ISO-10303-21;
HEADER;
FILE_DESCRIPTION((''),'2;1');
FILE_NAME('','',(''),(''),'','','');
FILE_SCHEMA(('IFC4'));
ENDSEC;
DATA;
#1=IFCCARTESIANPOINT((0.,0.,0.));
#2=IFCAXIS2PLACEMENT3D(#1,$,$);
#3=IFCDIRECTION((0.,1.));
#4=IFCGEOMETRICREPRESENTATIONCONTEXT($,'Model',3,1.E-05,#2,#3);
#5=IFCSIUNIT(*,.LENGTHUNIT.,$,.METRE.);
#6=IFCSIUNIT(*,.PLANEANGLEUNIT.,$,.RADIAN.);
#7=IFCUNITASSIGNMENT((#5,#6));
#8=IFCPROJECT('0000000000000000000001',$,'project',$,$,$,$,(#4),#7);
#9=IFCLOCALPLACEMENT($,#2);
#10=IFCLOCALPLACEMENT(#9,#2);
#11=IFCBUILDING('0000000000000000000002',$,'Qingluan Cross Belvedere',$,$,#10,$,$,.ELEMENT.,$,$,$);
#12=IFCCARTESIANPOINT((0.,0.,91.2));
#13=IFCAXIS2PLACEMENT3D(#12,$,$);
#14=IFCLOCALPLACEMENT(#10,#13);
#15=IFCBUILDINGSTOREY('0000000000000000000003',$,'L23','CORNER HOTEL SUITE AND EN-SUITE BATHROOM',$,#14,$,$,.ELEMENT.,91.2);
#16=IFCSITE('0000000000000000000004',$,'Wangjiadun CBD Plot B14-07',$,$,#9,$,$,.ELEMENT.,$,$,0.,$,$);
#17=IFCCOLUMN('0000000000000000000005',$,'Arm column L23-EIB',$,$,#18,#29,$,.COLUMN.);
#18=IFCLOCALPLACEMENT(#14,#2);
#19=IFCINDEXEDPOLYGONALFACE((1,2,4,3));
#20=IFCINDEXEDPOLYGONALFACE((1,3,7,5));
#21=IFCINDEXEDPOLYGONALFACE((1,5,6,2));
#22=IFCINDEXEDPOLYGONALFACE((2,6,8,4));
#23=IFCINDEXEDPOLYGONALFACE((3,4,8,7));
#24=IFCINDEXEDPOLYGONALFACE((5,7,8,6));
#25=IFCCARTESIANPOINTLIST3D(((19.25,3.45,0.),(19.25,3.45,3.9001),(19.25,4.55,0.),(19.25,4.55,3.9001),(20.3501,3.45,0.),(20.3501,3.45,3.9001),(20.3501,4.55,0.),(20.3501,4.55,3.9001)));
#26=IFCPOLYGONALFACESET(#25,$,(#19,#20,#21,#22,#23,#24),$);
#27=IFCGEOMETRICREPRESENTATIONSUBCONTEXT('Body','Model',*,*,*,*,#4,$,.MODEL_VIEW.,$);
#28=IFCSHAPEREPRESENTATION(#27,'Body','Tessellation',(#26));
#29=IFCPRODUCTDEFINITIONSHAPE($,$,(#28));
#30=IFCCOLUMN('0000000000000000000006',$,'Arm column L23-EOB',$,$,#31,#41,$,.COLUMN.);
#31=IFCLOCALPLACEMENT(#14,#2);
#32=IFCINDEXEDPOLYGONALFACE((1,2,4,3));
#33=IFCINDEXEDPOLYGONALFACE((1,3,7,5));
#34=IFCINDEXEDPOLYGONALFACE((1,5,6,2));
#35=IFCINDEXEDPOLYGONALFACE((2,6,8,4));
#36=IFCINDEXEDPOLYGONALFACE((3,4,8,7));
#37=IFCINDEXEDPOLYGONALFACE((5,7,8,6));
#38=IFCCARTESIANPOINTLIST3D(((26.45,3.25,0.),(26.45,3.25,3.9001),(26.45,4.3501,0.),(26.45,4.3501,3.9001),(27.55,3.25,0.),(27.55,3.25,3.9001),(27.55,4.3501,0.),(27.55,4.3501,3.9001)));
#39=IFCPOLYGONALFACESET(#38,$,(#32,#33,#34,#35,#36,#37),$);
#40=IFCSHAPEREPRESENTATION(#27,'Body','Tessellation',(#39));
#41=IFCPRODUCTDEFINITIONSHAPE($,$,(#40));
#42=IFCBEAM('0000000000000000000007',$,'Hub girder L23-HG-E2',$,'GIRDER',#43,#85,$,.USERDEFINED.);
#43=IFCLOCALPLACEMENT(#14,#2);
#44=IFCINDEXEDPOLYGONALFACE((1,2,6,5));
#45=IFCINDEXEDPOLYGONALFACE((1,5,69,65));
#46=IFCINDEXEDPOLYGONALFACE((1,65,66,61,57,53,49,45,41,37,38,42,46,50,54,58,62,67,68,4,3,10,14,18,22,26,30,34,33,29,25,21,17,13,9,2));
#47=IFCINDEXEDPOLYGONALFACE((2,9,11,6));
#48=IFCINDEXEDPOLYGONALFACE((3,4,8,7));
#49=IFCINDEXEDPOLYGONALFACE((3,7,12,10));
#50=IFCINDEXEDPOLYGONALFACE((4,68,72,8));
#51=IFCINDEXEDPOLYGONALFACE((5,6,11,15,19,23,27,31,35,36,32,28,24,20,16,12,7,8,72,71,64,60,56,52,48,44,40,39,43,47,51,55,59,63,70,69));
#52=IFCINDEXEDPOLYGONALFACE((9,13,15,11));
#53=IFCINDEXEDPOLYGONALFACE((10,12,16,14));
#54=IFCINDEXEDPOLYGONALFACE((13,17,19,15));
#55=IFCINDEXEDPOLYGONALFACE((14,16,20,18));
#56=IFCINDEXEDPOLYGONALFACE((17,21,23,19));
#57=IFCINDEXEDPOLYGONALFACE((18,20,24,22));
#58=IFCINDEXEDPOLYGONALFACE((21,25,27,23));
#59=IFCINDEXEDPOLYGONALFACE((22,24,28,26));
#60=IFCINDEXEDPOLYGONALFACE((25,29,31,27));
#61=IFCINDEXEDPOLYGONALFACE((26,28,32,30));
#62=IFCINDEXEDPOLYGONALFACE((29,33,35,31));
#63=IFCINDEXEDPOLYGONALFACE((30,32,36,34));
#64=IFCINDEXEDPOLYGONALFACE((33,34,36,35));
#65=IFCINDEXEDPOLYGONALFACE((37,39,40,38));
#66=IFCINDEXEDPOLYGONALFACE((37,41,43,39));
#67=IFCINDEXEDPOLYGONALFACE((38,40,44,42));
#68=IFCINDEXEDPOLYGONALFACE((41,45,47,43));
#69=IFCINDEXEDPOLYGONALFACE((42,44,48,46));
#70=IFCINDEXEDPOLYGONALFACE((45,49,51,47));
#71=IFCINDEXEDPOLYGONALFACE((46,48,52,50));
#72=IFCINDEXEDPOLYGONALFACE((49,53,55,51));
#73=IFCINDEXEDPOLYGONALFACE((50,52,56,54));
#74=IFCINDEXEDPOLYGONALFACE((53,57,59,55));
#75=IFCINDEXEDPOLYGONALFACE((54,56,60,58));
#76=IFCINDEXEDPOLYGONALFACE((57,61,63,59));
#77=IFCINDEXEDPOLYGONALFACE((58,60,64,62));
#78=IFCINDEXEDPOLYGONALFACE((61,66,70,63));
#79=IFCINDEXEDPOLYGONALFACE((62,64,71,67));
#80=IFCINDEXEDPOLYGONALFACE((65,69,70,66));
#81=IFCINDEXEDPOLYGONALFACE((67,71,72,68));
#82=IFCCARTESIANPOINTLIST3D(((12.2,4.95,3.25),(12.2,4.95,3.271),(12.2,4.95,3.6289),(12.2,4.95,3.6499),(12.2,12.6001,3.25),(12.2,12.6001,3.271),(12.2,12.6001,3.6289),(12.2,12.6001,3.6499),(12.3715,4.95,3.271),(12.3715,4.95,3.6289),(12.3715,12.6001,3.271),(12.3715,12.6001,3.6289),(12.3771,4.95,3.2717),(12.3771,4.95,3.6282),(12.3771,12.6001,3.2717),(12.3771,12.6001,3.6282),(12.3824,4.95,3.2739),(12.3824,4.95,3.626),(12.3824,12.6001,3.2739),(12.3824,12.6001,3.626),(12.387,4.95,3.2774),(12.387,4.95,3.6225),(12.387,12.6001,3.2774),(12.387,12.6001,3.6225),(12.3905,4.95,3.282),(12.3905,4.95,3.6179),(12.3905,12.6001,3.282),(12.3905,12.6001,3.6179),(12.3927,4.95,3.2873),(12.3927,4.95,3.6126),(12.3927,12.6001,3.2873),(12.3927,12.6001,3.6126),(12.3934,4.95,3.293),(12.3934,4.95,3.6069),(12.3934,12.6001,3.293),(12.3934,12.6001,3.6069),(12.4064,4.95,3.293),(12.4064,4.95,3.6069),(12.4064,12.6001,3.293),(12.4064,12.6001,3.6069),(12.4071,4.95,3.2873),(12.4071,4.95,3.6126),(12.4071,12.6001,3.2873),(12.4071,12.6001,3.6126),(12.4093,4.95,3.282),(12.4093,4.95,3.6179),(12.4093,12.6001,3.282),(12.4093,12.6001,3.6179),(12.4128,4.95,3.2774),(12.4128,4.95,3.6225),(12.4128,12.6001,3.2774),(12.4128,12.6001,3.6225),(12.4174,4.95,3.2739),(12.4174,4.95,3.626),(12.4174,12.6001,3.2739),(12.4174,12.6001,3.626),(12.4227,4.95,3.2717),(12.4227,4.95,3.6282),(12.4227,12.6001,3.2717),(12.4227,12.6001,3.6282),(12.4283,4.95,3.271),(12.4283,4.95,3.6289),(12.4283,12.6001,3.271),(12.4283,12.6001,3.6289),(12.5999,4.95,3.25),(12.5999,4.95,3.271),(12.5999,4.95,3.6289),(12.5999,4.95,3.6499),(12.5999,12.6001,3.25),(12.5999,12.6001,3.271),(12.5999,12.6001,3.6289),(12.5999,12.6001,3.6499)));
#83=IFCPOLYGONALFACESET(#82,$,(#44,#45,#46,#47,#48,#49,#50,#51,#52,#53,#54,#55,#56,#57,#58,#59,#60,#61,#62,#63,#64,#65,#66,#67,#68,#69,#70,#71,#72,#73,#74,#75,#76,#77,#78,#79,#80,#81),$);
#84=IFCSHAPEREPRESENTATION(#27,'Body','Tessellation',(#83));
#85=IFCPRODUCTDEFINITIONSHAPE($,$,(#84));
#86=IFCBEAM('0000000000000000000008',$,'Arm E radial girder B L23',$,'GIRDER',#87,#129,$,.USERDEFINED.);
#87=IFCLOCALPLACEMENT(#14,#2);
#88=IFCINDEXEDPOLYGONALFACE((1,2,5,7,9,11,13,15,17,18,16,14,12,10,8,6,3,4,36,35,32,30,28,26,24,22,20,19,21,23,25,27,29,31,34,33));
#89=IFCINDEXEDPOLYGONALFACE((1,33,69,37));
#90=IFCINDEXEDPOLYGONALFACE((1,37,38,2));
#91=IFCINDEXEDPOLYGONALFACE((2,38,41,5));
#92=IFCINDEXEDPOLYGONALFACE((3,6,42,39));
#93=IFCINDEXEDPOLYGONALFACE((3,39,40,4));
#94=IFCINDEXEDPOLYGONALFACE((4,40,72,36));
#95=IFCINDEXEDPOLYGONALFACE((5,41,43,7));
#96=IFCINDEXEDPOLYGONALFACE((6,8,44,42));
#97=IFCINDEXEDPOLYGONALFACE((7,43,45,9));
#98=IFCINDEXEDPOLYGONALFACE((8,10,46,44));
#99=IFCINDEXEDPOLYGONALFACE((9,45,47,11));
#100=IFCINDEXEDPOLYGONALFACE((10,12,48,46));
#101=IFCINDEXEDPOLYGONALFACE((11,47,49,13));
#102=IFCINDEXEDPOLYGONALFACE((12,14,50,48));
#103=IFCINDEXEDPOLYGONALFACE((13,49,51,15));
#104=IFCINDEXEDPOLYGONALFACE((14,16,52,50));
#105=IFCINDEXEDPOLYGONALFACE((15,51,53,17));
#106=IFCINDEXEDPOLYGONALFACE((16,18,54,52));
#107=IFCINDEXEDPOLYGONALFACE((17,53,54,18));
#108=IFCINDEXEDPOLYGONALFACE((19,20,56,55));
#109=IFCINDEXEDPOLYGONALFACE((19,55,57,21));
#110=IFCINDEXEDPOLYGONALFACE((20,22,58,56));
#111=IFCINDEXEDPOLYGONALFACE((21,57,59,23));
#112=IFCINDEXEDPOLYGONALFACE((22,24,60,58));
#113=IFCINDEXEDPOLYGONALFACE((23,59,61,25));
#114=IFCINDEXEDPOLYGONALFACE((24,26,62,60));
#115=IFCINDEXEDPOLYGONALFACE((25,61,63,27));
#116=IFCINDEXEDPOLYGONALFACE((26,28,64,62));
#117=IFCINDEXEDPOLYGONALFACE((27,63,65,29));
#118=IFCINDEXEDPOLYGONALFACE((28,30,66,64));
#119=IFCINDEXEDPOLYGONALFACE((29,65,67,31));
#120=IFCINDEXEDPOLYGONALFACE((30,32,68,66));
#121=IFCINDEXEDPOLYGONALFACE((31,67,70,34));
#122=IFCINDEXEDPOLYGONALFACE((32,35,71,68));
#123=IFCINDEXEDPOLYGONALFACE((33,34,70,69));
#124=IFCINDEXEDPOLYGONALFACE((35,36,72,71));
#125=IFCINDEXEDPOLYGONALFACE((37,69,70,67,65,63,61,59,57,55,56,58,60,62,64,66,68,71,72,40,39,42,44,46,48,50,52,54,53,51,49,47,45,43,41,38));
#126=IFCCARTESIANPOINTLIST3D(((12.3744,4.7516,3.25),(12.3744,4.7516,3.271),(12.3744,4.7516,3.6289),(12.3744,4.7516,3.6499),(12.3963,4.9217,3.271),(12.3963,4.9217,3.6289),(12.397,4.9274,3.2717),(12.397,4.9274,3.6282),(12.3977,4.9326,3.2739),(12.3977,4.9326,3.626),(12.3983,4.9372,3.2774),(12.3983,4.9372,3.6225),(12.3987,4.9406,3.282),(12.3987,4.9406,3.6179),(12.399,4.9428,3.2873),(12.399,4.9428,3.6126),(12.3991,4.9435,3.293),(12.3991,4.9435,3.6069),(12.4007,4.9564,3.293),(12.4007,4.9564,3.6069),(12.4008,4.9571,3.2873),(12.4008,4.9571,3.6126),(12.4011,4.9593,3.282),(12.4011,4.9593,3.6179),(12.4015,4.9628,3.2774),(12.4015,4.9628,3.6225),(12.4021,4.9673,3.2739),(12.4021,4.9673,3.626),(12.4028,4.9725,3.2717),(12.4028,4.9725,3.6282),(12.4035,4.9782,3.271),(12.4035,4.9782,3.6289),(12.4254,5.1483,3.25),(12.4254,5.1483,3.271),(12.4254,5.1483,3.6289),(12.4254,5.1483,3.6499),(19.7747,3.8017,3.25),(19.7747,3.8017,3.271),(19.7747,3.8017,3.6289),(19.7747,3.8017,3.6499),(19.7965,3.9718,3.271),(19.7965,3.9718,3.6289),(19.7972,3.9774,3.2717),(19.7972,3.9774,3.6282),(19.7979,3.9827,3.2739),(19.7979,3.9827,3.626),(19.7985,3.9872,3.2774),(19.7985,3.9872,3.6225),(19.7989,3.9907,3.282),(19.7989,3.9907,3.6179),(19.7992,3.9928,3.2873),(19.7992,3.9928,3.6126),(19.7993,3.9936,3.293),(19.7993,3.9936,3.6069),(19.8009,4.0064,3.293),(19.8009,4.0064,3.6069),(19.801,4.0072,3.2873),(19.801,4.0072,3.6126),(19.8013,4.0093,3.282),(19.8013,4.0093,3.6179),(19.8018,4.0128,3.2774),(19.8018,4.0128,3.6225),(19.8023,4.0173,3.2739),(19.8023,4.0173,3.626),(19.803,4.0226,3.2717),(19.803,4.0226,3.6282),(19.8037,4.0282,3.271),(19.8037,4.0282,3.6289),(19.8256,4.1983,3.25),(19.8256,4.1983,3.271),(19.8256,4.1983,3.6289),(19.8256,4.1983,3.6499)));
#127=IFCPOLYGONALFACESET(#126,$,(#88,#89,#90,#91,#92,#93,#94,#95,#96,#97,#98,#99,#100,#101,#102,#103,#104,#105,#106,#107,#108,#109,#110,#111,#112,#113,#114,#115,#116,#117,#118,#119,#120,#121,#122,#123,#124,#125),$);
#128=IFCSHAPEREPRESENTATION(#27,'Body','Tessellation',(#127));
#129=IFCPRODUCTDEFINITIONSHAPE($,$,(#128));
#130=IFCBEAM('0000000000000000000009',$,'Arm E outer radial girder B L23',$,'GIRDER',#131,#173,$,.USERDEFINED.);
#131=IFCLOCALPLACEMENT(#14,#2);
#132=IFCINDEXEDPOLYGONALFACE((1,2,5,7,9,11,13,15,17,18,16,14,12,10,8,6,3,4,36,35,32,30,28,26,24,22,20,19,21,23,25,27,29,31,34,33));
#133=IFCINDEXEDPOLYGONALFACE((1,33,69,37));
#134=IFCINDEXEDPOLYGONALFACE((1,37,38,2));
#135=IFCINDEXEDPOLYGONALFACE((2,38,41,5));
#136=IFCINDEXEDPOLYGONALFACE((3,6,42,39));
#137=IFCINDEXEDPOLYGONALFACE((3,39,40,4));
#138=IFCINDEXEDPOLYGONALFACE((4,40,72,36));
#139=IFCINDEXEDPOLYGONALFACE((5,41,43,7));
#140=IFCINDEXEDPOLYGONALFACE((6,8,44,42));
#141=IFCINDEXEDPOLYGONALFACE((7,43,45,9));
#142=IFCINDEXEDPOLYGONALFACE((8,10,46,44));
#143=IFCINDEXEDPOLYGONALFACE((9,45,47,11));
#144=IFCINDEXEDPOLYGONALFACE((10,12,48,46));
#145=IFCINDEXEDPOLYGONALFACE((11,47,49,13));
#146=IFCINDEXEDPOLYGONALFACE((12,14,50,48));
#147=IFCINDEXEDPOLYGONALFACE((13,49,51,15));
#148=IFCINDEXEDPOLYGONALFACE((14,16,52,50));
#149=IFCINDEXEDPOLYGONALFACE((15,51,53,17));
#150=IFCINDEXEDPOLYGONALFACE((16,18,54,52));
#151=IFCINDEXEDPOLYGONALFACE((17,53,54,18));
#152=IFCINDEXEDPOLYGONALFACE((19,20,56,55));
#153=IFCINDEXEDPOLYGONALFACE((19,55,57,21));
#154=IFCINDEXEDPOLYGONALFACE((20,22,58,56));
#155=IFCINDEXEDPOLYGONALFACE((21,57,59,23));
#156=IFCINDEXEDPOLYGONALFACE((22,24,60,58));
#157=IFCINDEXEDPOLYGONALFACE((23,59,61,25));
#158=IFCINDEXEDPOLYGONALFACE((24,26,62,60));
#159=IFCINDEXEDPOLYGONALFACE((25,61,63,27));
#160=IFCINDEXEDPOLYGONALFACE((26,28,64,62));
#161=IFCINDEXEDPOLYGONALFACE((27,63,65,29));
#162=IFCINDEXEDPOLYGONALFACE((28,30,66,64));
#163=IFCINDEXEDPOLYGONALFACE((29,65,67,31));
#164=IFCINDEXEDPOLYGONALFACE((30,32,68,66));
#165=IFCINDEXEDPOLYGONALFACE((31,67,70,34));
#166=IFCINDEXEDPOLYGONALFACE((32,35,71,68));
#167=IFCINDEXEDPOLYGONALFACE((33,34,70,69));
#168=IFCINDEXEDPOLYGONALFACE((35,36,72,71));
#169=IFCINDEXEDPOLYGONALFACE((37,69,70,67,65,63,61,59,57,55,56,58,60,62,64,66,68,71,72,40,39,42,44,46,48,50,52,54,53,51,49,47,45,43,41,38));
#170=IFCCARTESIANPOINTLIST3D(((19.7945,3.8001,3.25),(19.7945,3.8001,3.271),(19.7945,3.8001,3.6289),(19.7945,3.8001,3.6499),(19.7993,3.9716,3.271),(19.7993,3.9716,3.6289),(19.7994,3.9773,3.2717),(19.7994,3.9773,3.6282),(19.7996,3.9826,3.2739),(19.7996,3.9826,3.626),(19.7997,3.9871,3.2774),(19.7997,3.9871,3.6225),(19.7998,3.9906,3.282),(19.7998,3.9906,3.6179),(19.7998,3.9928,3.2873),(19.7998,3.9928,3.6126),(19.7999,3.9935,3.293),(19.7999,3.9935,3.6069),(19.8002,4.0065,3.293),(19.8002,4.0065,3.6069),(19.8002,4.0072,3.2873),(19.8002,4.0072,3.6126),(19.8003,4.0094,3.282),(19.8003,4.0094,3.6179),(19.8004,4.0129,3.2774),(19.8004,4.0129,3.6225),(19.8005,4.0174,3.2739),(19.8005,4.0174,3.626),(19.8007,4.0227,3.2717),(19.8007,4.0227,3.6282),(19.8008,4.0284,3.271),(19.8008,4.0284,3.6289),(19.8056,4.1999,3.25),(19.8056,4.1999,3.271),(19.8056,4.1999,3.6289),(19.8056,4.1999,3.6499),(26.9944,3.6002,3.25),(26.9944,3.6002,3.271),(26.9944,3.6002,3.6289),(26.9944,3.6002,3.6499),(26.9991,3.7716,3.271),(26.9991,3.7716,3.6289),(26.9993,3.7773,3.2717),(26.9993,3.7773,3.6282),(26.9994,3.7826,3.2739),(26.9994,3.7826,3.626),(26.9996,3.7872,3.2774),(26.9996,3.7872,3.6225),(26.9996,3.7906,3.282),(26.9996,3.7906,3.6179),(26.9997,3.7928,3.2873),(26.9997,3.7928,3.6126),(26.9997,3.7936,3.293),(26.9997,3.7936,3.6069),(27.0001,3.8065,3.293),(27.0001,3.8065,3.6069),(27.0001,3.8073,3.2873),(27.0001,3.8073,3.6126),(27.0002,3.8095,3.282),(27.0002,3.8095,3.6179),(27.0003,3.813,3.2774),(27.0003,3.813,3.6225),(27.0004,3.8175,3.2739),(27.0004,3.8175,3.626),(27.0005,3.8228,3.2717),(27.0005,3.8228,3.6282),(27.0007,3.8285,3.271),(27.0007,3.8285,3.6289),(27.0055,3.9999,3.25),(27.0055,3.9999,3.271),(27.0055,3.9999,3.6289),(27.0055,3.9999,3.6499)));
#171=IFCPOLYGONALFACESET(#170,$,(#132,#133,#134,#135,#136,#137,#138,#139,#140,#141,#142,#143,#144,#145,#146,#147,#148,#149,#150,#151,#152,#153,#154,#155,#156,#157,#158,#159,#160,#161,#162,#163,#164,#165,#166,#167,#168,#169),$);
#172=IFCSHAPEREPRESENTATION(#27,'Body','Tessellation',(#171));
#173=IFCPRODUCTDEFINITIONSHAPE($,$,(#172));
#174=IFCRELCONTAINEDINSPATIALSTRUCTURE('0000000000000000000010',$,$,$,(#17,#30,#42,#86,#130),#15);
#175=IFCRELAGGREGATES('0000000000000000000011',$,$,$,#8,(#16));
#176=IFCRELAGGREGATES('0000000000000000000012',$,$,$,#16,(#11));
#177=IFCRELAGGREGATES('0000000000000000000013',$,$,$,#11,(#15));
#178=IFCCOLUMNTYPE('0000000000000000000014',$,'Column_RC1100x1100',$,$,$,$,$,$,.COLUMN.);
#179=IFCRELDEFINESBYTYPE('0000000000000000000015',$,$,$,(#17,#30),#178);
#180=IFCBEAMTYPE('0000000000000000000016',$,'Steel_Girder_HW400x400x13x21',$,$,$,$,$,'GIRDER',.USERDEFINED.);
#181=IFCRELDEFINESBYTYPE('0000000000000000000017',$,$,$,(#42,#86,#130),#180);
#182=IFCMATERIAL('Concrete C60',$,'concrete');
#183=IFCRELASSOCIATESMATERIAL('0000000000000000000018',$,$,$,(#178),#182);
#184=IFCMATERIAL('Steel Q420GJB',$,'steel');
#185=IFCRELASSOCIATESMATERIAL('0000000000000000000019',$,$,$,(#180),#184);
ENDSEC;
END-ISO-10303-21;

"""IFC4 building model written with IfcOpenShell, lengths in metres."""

from ifc_helpers import new_model, si_unit, direction, frame, origin, origin_2d, place, context, subcontext, project, spatial, rectangle, i_section, extrude, material, material_profile, profile_set, type_object, element, save


model = new_model("IFC4")

# Units and contexts
model_context = context("Model", 3, precision=1e-05, world=origin(), true_north=direction((0.0, 1.0)))
body_context = subcontext(model_context, "Body", "Model", "MODEL_VIEW")
ifc_project = project(units=[si_unit("LENGTHUNIT", "METRE"), si_unit("PLANEANGLEUNIT", "RADIAN")], contexts=[model_context])

# Site, building, storey
site_placement = place(None, origin())
site = spatial("IfcSite", under=ifc_project, at=site_placement, Name="Wangjiadun CBD Plot B14-07", CompositionType="ELEMENT", RefElevation=0.0)
building_placement = place(site_placement, origin())
building = spatial("IfcBuilding", under=site, at=building_placement, Name="Qingluan Cross Belvedere", CompositionType="ELEMENT")
storey_placement = place(building_placement, frame((0.0, 0.0, 91.2)))
storey = spatial("IfcBuildingStorey", under=building, at=storey_placement, Name="L23", Description="CORNER HOTEL SUITE AND EN-SUITE BATHROOM", CompositionType="ELEMENT", Elevation=91.2)

# Columns
ifc_material_1 = material(Name="Concrete C60", Category="concrete")
ifc_material_profile_1 = material_profile(ifc_material_1, rectangle(XDim=1.1001, YDim=1.1001, at=origin_2d()), Name="RC1100x1100")
ifc_profile_set_1 = profile_set([ifc_material_profile_1], Name="Concrete C60")
column_type = type_object("IfcColumnType", Name="Column_RC1100x1100", PredefinedType="COLUMN", material=ifc_profile_set_1)
for number, where, z_axis, x_axis, name in (
    (1, (19.8, 4.0, 0.0), (0.0, 0.0, 1.0), (1.0, 0.0, 0.0), "Arm column L23-EIB"),
    (2, (27.0, 3.8, 0.0), (0.0, 0.0, 1.0), (1.0, 0.0, 0.0), "Arm column L23-EOB"),
):
    element("IfcColumn", number, at=place(storey_placement, frame(where, z_axis=z_axis, x_axis=x_axis)), inside=storey, type_object=column_type, Name=name, PredefinedType="COLUMN", context=body_context, shape_type="SweptSolid", body=[
        extrude(rectangle(XDim=1.1001, YDim=1.1001, at=origin_2d()), origin(), (0.0, 0.0, 1.0), 3.9001),
    ])

# Beams
ifc_material_2 = material(Name="Steel Q420GJB", Category="steel")
ifc_material_profile_2 = material_profile(ifc_material_2, i_section(OverallWidth=0.3999, OverallDepth=0.3999, WebThickness=0.0129, FlangeThickness=0.021, FilletRadius=0.022, at=origin_2d()), Name="HW400x400x13x21")
ifc_profile_set_2 = profile_set([ifc_material_profile_2], Name="Steel Q420GJB")
beam_type = type_object("IfcBeamType", Name="Steel_Girder_HW400x400x13x21", ElementType="GIRDER", PredefinedType="USERDEFINED", material=ifc_profile_set_2)
beam_1_placement = place(storey_placement, frame((12.3999, 4.95, 3.45), z_axis=(0.0, 1.0, 0.0), x_axis=(-1.0, 0.0, 0.0)))
element("IfcBeam", 3, at=beam_1_placement, inside=storey, type_object=beam_type, Name="Hub girder L23-HG-E2", ObjectType="GIRDER", PredefinedType="USERDEFINED", context=body_context, shape_type="SweptSolid", body=[
    extrude(i_section(OverallWidth=0.3999, OverallDepth=0.3999, WebThickness=0.0129, FlangeThickness=0.021, FilletRadius=0.022, at=origin_2d()), origin(), (0.0, 0.0, 1.0), 7.6501),
])
beam_2_placement = place(storey_placement, frame((12.3999, 4.95, 3.45), z_axis=(0.991861, -0.127324, 0.0), x_axis=(0.127324, 0.991861, 0.0)))
element("IfcBeam", 4, at=beam_2_placement, inside=storey, type_object=beam_type, Name="Arm E radial girder B L23", ObjectType="GIRDER", PredefinedType="USERDEFINED", context=body_context, shape_type="SweptSolid", body=[
    extrude(i_section(OverallWidth=0.3999, OverallDepth=0.3999, WebThickness=0.0129, FlangeThickness=0.021, FilletRadius=0.022, at=origin_2d()), origin(), (0.0, 0.0, 1.0), 7.4609),
])
beam_3_placement = place(storey_placement, frame((19.8, 4.0, 3.45), z_axis=(0.999615, -0.02776, 0.0), x_axis=(0.02776, 0.999615, 0.0)))
element("IfcBeam", 5, at=beam_3_placement, inside=storey, type_object=beam_type, Name="Arm E outer radial girder B L23", ObjectType="GIRDER", PredefinedType="USERDEFINED", context=body_context, shape_type="SweptSolid", body=[
    extrude(i_section(OverallWidth=0.3999, OverallDepth=0.3999, WebThickness=0.0129, FlangeThickness=0.021, FilletRadius=0.022, at=origin_2d()), origin(), (0.0, 0.0, 1.0), 7.2026),
])

save(model, "model.ifc")
